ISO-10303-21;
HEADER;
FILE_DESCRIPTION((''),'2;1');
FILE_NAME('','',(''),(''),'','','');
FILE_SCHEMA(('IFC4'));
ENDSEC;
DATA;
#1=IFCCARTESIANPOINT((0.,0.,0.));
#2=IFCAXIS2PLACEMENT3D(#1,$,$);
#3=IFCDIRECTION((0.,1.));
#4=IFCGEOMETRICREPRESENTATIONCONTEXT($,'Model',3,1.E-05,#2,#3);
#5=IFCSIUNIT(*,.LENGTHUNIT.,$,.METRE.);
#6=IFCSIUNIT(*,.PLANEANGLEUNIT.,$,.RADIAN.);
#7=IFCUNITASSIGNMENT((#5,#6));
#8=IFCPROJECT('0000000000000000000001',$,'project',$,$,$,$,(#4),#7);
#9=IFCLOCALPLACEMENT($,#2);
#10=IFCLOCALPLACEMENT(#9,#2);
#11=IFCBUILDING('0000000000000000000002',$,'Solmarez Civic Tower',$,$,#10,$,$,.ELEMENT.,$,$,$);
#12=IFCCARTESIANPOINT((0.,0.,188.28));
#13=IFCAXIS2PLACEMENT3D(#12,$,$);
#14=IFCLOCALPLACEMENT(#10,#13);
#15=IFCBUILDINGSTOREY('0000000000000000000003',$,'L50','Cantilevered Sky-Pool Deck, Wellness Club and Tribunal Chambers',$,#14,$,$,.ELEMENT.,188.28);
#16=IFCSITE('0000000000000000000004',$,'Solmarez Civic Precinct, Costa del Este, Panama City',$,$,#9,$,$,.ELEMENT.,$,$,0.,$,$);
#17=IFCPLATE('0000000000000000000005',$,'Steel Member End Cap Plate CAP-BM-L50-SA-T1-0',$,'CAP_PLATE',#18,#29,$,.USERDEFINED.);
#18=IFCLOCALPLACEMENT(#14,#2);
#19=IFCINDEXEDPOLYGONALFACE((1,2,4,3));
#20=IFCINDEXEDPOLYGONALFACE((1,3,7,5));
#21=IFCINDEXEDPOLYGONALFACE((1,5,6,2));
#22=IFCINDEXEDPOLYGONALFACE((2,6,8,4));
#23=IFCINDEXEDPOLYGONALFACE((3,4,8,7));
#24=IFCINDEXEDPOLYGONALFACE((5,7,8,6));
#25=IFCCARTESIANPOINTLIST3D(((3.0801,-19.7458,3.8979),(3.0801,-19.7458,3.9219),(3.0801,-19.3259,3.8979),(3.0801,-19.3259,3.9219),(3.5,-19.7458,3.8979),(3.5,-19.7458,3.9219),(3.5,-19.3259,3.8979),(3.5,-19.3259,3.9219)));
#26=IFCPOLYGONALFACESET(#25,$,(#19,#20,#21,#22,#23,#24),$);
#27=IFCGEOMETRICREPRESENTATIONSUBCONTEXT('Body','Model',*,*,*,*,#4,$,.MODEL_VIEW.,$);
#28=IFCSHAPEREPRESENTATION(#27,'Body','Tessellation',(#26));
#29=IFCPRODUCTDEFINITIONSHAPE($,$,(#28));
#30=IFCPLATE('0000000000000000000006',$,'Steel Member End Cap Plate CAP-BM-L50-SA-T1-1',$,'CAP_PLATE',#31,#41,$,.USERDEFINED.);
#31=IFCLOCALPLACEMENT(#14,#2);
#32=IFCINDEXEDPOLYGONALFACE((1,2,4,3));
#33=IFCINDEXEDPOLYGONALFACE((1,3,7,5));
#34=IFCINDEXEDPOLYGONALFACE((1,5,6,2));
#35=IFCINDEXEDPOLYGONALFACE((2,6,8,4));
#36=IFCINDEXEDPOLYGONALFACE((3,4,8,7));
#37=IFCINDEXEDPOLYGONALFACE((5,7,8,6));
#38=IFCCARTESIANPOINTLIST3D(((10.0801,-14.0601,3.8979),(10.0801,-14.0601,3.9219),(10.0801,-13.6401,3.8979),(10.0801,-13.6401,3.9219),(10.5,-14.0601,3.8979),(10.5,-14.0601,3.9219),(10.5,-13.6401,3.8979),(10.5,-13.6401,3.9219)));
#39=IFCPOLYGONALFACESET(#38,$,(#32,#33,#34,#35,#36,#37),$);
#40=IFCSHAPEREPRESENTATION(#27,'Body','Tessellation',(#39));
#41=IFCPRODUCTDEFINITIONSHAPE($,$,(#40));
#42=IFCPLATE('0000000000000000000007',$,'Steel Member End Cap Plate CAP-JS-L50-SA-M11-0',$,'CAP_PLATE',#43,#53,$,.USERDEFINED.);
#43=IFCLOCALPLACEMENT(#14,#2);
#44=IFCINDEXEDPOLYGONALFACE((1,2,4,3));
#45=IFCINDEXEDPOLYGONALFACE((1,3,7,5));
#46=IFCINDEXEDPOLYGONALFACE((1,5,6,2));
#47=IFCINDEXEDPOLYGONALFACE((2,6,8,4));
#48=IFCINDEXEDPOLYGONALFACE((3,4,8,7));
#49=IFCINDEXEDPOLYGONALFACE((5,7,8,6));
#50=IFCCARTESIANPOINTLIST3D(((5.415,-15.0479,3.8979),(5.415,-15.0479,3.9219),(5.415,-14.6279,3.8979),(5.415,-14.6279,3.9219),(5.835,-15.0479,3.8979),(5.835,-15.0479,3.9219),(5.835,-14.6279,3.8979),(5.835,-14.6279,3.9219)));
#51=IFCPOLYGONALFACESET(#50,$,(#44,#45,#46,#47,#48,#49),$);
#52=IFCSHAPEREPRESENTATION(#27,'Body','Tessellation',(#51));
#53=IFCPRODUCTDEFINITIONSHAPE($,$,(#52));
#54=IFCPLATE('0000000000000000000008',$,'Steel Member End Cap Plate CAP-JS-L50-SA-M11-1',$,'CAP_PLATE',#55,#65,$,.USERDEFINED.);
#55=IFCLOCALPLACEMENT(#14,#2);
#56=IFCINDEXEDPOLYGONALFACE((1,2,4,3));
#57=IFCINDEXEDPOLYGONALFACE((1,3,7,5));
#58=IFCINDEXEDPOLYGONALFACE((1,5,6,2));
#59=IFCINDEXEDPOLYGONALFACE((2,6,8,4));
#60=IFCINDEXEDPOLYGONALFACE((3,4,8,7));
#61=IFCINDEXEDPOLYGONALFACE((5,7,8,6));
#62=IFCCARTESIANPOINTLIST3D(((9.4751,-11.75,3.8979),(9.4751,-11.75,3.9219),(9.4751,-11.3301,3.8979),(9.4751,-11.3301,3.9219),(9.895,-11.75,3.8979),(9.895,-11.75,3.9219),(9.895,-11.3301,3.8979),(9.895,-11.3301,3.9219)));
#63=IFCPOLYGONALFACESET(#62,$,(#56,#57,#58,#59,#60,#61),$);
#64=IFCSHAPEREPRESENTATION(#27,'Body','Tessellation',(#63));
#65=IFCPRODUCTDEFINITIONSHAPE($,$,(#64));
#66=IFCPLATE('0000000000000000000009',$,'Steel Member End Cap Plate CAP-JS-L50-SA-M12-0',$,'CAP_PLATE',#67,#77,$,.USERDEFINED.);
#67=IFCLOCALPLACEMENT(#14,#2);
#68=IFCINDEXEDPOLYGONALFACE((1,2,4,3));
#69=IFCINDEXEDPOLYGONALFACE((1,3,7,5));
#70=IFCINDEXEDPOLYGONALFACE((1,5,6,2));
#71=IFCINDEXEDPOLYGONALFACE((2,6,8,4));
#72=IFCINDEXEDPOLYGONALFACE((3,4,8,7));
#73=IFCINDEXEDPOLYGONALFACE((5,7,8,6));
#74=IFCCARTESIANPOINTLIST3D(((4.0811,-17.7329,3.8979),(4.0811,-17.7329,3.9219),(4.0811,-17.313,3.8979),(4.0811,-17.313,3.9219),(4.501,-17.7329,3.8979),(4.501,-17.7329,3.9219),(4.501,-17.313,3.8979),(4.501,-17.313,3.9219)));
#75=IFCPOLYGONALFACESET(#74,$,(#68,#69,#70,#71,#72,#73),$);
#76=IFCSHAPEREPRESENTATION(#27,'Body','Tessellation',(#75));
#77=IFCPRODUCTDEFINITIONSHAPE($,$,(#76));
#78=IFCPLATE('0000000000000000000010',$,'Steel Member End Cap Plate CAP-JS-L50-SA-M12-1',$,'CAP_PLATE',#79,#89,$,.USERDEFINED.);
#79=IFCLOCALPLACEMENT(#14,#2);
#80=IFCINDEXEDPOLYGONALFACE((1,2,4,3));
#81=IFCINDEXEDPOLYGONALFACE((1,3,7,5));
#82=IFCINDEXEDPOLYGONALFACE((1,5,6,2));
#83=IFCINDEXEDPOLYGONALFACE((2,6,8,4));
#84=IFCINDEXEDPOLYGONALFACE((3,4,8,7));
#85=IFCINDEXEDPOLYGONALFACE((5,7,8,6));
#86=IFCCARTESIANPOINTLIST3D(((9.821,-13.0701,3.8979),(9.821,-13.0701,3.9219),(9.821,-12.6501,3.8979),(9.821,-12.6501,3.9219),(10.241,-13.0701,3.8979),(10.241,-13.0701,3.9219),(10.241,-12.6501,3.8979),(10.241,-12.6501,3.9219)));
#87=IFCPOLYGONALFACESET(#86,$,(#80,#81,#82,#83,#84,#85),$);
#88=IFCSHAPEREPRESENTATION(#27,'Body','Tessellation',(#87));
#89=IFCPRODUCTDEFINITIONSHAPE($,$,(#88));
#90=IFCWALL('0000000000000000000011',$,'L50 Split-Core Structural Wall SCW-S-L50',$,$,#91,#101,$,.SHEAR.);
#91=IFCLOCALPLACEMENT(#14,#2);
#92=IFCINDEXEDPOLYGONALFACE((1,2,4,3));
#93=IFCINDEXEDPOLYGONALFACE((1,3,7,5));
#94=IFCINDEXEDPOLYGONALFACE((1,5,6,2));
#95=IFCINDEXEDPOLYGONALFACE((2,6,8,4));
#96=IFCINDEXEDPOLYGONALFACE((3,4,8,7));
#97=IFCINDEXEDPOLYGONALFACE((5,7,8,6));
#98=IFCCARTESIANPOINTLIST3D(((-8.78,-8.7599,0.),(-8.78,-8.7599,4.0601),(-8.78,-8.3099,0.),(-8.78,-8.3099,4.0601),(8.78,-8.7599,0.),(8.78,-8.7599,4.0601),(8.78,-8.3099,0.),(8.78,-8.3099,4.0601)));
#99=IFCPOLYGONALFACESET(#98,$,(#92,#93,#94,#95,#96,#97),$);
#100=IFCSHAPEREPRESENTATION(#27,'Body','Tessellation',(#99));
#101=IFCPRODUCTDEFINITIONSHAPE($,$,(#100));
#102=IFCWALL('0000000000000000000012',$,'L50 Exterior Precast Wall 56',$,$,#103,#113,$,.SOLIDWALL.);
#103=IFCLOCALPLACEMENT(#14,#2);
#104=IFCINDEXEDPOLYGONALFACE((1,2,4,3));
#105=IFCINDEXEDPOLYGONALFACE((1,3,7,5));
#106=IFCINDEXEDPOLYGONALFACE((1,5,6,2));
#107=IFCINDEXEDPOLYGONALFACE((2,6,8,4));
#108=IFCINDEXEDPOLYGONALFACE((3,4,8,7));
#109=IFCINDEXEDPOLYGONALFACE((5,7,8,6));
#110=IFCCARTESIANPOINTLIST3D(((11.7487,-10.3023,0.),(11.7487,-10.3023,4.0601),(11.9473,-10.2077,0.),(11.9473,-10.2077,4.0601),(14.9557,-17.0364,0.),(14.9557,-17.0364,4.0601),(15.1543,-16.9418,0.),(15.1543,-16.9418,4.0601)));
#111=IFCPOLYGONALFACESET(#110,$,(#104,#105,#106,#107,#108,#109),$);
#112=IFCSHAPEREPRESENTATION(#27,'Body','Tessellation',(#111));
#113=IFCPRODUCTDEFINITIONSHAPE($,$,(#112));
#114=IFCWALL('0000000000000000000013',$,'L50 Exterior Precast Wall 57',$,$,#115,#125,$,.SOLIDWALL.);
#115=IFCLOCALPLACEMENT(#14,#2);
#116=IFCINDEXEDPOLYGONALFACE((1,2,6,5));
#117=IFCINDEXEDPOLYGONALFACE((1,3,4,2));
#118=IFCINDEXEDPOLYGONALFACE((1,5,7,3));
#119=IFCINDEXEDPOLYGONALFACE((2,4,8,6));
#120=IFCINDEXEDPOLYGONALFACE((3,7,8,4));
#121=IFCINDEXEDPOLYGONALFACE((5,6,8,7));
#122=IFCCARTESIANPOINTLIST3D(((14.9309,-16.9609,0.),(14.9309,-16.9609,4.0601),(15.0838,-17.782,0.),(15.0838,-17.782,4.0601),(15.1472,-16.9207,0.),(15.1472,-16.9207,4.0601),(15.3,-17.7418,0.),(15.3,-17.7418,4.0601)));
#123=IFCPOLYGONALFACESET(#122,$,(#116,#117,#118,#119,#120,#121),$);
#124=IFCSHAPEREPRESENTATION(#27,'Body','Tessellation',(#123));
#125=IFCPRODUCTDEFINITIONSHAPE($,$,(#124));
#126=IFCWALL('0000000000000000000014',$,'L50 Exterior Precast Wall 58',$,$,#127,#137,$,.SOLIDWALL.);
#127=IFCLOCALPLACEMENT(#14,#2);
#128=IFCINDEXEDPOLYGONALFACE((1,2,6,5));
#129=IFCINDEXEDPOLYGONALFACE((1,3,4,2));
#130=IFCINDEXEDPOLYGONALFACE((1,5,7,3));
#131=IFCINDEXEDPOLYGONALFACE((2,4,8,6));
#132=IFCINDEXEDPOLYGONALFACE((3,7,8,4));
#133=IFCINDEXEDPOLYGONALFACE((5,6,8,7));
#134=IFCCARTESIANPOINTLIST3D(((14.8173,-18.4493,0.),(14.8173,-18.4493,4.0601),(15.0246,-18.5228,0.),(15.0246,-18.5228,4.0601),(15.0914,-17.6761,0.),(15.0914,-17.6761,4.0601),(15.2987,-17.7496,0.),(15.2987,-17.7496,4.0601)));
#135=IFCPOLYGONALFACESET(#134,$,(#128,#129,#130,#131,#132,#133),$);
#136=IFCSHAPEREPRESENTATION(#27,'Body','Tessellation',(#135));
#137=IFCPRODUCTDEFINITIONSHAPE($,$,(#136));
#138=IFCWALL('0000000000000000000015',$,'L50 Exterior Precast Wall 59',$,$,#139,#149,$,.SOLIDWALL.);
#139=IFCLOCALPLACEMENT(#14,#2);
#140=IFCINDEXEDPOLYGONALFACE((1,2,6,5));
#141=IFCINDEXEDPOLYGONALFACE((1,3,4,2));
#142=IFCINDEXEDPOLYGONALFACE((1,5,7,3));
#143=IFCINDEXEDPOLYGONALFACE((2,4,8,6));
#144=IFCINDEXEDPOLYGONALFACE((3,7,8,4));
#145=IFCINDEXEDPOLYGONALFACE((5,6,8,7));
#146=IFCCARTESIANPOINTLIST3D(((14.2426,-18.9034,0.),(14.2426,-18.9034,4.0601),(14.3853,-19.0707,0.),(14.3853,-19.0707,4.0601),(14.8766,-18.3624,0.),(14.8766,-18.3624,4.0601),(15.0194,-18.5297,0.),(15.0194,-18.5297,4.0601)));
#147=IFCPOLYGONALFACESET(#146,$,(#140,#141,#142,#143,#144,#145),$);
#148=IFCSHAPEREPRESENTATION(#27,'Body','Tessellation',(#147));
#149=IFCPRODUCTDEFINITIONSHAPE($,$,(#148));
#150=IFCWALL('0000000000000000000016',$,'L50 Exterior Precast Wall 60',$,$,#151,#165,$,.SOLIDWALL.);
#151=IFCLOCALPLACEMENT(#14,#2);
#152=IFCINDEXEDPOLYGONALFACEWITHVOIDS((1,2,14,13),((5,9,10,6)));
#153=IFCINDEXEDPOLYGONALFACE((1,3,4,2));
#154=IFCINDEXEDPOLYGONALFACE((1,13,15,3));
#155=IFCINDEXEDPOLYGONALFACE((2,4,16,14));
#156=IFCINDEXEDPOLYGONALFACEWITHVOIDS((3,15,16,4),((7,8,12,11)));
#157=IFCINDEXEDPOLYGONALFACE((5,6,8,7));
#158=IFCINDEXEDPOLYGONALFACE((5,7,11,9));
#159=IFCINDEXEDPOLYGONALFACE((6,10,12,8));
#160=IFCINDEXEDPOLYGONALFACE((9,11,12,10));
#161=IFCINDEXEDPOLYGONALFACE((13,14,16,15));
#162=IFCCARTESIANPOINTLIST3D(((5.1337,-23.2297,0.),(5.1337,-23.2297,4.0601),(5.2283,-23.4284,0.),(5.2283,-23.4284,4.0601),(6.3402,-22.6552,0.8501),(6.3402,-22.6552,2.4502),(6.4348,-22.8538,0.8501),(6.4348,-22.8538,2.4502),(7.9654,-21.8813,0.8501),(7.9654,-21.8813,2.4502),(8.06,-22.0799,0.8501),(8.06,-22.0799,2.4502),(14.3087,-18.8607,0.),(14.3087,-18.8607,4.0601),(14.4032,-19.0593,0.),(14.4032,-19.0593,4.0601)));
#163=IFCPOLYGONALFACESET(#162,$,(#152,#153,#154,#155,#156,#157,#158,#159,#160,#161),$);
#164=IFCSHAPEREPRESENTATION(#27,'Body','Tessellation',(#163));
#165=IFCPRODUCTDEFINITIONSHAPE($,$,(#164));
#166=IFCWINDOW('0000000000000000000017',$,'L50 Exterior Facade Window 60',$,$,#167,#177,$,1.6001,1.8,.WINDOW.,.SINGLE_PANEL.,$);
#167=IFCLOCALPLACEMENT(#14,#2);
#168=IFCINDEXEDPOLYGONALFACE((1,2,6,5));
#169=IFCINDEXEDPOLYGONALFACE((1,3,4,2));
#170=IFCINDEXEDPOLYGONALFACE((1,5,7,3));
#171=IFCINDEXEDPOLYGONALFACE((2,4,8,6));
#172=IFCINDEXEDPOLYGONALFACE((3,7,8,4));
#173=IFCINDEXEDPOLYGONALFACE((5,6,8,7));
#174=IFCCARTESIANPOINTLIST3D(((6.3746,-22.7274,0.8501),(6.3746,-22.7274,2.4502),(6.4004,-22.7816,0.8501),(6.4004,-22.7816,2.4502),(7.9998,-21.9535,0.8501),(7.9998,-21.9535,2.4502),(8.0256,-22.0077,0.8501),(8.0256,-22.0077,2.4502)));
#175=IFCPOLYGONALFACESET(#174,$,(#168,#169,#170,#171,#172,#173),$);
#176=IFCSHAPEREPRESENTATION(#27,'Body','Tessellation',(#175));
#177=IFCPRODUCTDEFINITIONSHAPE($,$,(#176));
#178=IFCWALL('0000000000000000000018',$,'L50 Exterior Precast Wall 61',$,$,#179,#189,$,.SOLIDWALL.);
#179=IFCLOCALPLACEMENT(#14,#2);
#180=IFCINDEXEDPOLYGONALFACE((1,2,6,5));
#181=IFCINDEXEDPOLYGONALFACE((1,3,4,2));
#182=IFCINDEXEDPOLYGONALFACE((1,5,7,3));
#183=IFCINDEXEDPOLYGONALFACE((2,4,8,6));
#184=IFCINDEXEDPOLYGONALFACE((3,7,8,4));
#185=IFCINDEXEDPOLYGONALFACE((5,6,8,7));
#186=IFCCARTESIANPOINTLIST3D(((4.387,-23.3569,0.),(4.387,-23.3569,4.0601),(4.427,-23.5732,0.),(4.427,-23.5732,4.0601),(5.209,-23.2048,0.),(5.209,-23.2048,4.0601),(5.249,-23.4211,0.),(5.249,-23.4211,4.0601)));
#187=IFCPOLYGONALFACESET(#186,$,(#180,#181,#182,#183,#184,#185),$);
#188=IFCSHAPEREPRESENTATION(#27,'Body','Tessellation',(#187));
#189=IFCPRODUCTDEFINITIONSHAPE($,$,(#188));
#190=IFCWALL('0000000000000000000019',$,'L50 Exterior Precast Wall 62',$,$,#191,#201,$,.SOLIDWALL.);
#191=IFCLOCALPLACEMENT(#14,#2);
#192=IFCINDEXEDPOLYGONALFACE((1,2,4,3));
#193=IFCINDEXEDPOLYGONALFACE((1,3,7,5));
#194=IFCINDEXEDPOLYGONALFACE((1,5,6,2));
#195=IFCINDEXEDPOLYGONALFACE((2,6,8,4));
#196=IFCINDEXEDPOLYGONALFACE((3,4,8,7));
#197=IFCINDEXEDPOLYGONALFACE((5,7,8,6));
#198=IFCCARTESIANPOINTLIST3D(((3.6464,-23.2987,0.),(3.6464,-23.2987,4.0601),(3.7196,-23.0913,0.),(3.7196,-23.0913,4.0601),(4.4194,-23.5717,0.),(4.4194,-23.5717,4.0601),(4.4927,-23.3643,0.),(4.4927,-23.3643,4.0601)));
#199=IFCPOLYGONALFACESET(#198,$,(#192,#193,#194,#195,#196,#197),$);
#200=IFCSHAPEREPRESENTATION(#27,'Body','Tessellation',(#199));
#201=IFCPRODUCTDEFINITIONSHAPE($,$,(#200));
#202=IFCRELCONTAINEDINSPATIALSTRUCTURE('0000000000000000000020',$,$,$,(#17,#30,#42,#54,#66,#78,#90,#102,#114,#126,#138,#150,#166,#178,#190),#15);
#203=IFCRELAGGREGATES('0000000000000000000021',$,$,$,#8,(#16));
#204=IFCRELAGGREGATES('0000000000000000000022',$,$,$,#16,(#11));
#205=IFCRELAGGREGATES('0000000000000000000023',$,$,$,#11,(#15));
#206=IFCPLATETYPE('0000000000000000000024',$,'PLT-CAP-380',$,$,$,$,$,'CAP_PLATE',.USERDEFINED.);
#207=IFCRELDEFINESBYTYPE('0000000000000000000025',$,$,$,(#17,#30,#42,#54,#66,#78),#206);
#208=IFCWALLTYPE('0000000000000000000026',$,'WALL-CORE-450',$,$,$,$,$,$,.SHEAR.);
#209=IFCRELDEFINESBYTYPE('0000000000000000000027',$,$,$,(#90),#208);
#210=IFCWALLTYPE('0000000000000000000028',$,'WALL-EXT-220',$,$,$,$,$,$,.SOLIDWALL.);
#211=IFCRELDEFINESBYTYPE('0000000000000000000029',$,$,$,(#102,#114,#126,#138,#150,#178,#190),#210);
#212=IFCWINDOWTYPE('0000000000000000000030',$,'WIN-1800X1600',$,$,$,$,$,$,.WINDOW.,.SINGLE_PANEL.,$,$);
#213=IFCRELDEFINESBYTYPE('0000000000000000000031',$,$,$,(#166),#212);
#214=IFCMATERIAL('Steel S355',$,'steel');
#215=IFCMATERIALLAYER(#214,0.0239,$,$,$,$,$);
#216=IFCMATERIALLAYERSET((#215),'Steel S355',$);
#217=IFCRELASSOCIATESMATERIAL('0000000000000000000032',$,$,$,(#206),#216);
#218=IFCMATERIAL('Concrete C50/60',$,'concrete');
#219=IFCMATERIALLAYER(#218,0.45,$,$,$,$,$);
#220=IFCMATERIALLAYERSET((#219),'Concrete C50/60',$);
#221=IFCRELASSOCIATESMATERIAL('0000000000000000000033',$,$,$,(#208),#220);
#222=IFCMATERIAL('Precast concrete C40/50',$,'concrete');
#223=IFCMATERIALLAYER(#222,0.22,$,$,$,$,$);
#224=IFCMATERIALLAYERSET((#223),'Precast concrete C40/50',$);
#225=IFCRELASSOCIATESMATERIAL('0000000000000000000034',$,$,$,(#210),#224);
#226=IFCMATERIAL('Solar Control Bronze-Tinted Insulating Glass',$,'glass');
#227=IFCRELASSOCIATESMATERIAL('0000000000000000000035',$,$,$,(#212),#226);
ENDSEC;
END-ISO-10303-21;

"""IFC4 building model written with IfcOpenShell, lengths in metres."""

from ifc_helpers import new_model, si_unit, direction, frame, frame_2d, origin, origin_2d, place, context, subcontext, project, spatial, rectangle, extrude, material, layer, layer_set, type_object, element, fill, save


model = new_model("IFC4")

# Units and contexts
model_context = context("Model", 3, precision=1e-05, world=origin(), true_north=direction((0.0, 1.0)))
body_context = subcontext(model_context, "Body", "Model", "MODEL_VIEW")
ifc_project = project(units=[si_unit("LENGTHUNIT", "METRE"), si_unit("PLANEANGLEUNIT", "RADIAN")], contexts=[model_context])

# Site, building, storey
site_placement = place(None, origin())
site = spatial("IfcSite", under=ifc_project, at=site_placement, Name="Solmarez Civic Precinct, Costa del Este, Panama City", CompositionType="ELEMENT", RefElevation=0.0)
building_placement = place(site_placement, origin())
building = spatial("IfcBuilding", under=site, at=building_placement, Name="Solmarez Civic Tower", CompositionType="ELEMENT")
storey_placement = place(building_placement, frame((0.0, 0.0, 188.28)))
storey = spatial("IfcBuildingStorey", under=building, at=storey_placement, Name="L50", Description="Cantilevered Sky-Pool Deck, Wellness Club and Tribunal Chambers", CompositionType="ELEMENT", Elevation=188.28)

# Shared definitions
ifc_material_1 = material(Name="Concrete C50/60", Category="concrete")
ifc_material_2 = material(Name="Steel S355", Category="steel")

# Plates
ifc_layer_1 = layer(ifc_material_2, 0.0239)
ifc_layer_set_1 = layer_set([ifc_layer_1], Name="Steel S355")
plate_type = type_object("IfcPlateType", Name="PLT-CAP-380", ElementType="CAP_PLATE", PredefinedType="USERDEFINED", material=ifc_layer_set_1)
for number, where, z_axis, x_axis, name in (
    (1, (3.29, -19.5359, 3.8979), (0.0, 0.0, 1.0), (1.0, 0.0, 0.0), "Steel Member End Cap Plate CAP-BM-L50-SA-T1-0"),
    (2, (10.29, -13.8501, 3.8979), (0.0, 0.0, 1.0), (1.0, 0.0, 0.0), "Steel Member End Cap Plate CAP-BM-L50-SA-T1-1"),
    (3, (5.625, -14.8379, 3.8979), (0.0, 0.0, 1.0), (1.0, 0.0, 0.0), "Steel Member End Cap Plate CAP-JS-L50-SA-M11-0"),
    (4, (9.6851, -11.54, 3.8979), (0.0, 0.0, 1.0), (1.0, 0.0, 0.0), "Steel Member End Cap Plate CAP-JS-L50-SA-M11-1"),
    (5, (4.291, -17.5229, 3.8979), (0.0, 0.0, 1.0), (1.0, 0.0, 0.0), "Steel Member End Cap Plate CAP-JS-L50-SA-M12-0"),
    (6, (10.031, -12.8601, 3.8979), (0.0, 0.0, 1.0), (1.0, 0.0, 0.0), "Steel Member End Cap Plate CAP-JS-L50-SA-M12-1"),
):
    element("IfcPlate", number, at=place(storey_placement, frame(where, z_axis=z_axis, x_axis=x_axis)), inside=storey, type_object=plate_type, Name=name, ObjectType="CAP_PLATE", PredefinedType="USERDEFINED", context=body_context, shape_type="SweptSolid", body=[
        extrude(rectangle(XDim=0.4199, YDim=0.4199, at=origin_2d()), origin(), (0.0, 0.0, 1.0), 0.0239),
    ])

# Walls
ifc_layer_2 = layer(ifc_material_1, 0.45)
ifc_layer_set_2 = layer_set([ifc_layer_2], Name="Concrete C50/60")
wall_type_1 = type_object("IfcWallType", Name="WALL-CORE-450", PredefinedType="SHEAR", material=ifc_layer_set_2)
wall_1_placement = place(storey_placement, frame((8.78, -8.5349, 0.0), z_axis=(0.0, 0.0, 1.0), x_axis=(-1.0, 0.0, 0.0)))
element("IfcWall", 7, at=wall_1_placement, inside=storey, type_object=wall_type_1, Name="L50 Split-Core Structural Wall SCW-S-L50", PredefinedType="SHEAR", context=body_context, shape_type="SweptSolid", body=[
    extrude(rectangle(XDim=17.5601, YDim=0.45, at=frame_2d((8.78, 0.0))), origin(), (0.0, 0.0, 1.0), 4.0601),
])
ifc_material_3 = material(Name="Precast concrete C40/50", Category="concrete")
ifc_layer_3 = layer(ifc_material_3, 0.22)
ifc_layer_set_3 = layer_set([ifc_layer_3], Name="Precast concrete C40/50")
wall_type_2 = type_object("IfcWallType", Name="WALL-EXT-220", PredefinedType="SOLIDWALL", material=ifc_layer_set_3)
wall_2_placement = place(storey_placement, frame((11.8479, -10.2549, 0.0), z_axis=(0.0, 0.0, 1.0), x_axis=(0.429967, -0.902845, 0.0)))
element("IfcWall", 8, at=wall_2_placement, inside=storey, type_object=wall_type_2, Name="L50 Exterior Precast Wall 56", PredefinedType="SOLIDWALL", context=body_context, shape_type="SweptSolid", body=[
    extrude(rectangle(XDim=7.4587, YDim=0.22, at=frame_2d((3.7295, 0.0))), origin(), (0.0, 0.0, 1.0), 4.0601),
])
wall_3_placement = place(storey_placement, frame((15.0391, -16.9409, 0.0), z_axis=(0.0, 0.0, 1.0), x_axis=(0.183, -0.983113, 0.0)))
element("IfcWall", 9, at=wall_3_placement, inside=storey, type_object=wall_type_2, Name="L50 Exterior Precast Wall 57", PredefinedType="SOLIDWALL", context=body_context, shape_type="SweptSolid", body=[
    extrude(rectangle(XDim=0.8352, YDim=0.22, at=frame_2d((0.4175, 0.0))), origin(), (0.0, 0.0, 1.0), 4.0601),
])
wall_4_placement = place(storey_placement, frame((15.1951, -17.7129, 0.0), z_axis=(0.0, 0.0, 1.0), x_axis=(-0.334205, -0.9425, 0.0)))
element("IfcWall", 10, at=wall_4_placement, inside=storey, type_object=wall_type_2, Name="L50 Exterior Precast Wall 58", PredefinedType="SOLIDWALL", context=body_context, shape_type="SweptSolid", body=[
    extrude(rectangle(XDim=0.8203, YDim=0.22, at=frame_2d((0.4102, 0.0))), origin(), (0.0, 0.0, 1.0), 4.0601),
])
wall_5_placement = place(storey_placement, frame((14.948, -18.446, 0.0), z_axis=(0.0, 0.0, 1.0), x_axis=(-0.760702, -0.649101, 0.0)))
element("IfcWall", 11, at=wall_5_placement, inside=storey, type_object=wall_type_2, Name="L50 Exterior Precast Wall 59", PredefinedType="SOLIDWALL", context=body_context, shape_type="SweptSolid", body=[
    extrude(rectangle(XDim=0.8335, YDim=0.22, at=frame_2d((0.4167, 0.0))), origin(), (0.0, 0.0, 1.0), 4.0601),
])

# Wall, opening, window
wall_6_placement = place(storey_placement, frame((14.356, -18.96, 0.0), z_axis=(0.0, 0.0, 1.0), x_axis=(-0.902858, -0.429939, 0.0)))
wall_6 = element("IfcWall", 12, at=wall_6_placement, inside=storey, type_object=wall_type_2, Name="L50 Exterior Precast Wall 60", PredefinedType="SOLIDWALL", context=body_context, shape_type="SweptSolid", body=[
    extrude(rectangle(XDim=10.1621, YDim=0.22, at=frame_2d((5.0811, 0.0))), origin(), (0.0, 0.0, 1.0), 4.0601),
])
opening_1_placement = place(wall_6_placement, frame((7.0259, 0.0, 0.8501)))
opening_1 = element("IfcOpeningElement", 13, at=opening_1_placement, cuts=wall_6, PredefinedType="OPENING", context=body_context, shape_type="SweptSolid", body=[
    extrude(rectangle(XDim=1.8, YDim=1.6001, at=frame_2d((0.8999, 0.8))), frame((0.0, 0.1199, 0.0), z_axis=(0.0, -1.0, 0.0), x_axis=(1.0, 0.0, 0.0)), (0.0, 0.0, 1.0), 0.24),
])
ifc_material_4 = material(Name="Solar Control Bronze-Tinted Insulating Glass", Category="glass")
window_type = type_object("IfcWindowType", Name="WIN-1800X1600", PartitioningType="SINGLE_PANEL", PredefinedType="WINDOW", material=ifc_material_4)
window_placement = place(opening_1_placement, origin())
window = element("IfcWindow", 14, at=window_placement, inside=storey, type_object=window_type, Name="L50 Exterior Facade Window 60", OverallHeight=1.6001, OverallWidth=1.8, PartitioningType="SINGLE_PANEL", PredefinedType="WINDOW", context=body_context, shape_type="SweptSolid", body=[
    extrude(rectangle(XDim=1.8, YDim=1.6001, at=frame_2d((0.8999, 0.8))), frame((0.0, 0.03, 0.0), z_axis=(0.0, -1.0, 0.0), x_axis=(1.0, 0.0, 0.0)), (0.0, 0.0, 1.0), 0.0601),
])
fill(opening_1, window)

# Walls
wall_7_placement = place(storey_placement, frame((5.229, -23.313, 0.0), z_axis=(0.0, 0.0, 1.0), x_axis=(-0.983309, -0.181943, 0.0)))
element("IfcWall", 15, at=wall_7_placement, inside=storey, type_object=wall_type_2, Name="L50 Exterior Precast Wall 61", PredefinedType="SOLIDWALL", context=body_context, shape_type="SweptSolid", body=[
    extrude(rectangle(XDim=0.8359, YDim=0.22, at=frame_2d((0.418, 0.0))), origin(), (0.0, 0.0, 1.0), 4.0601),
])
wall_8_placement = place(storey_placement, frame((4.4561, -23.468, 0.0), z_axis=(0.0, 0.0, 1.0), x_axis=(-0.942935, 0.332976, 0.0)))
element("IfcWall", 16, at=wall_8_placement, inside=storey, type_object=wall_type_2, Name="L50 Exterior Precast Wall 62", PredefinedType="SOLIDWALL", context=body_context, shape_type="SweptSolid", body=[
    extrude(rectangle(XDim=0.8198, YDim=0.22, at=frame_2d((0.4099, 0.0))), origin(), (0.0, 0.0, 1.0), 4.0601),
])

save(model, "model.ifc")
